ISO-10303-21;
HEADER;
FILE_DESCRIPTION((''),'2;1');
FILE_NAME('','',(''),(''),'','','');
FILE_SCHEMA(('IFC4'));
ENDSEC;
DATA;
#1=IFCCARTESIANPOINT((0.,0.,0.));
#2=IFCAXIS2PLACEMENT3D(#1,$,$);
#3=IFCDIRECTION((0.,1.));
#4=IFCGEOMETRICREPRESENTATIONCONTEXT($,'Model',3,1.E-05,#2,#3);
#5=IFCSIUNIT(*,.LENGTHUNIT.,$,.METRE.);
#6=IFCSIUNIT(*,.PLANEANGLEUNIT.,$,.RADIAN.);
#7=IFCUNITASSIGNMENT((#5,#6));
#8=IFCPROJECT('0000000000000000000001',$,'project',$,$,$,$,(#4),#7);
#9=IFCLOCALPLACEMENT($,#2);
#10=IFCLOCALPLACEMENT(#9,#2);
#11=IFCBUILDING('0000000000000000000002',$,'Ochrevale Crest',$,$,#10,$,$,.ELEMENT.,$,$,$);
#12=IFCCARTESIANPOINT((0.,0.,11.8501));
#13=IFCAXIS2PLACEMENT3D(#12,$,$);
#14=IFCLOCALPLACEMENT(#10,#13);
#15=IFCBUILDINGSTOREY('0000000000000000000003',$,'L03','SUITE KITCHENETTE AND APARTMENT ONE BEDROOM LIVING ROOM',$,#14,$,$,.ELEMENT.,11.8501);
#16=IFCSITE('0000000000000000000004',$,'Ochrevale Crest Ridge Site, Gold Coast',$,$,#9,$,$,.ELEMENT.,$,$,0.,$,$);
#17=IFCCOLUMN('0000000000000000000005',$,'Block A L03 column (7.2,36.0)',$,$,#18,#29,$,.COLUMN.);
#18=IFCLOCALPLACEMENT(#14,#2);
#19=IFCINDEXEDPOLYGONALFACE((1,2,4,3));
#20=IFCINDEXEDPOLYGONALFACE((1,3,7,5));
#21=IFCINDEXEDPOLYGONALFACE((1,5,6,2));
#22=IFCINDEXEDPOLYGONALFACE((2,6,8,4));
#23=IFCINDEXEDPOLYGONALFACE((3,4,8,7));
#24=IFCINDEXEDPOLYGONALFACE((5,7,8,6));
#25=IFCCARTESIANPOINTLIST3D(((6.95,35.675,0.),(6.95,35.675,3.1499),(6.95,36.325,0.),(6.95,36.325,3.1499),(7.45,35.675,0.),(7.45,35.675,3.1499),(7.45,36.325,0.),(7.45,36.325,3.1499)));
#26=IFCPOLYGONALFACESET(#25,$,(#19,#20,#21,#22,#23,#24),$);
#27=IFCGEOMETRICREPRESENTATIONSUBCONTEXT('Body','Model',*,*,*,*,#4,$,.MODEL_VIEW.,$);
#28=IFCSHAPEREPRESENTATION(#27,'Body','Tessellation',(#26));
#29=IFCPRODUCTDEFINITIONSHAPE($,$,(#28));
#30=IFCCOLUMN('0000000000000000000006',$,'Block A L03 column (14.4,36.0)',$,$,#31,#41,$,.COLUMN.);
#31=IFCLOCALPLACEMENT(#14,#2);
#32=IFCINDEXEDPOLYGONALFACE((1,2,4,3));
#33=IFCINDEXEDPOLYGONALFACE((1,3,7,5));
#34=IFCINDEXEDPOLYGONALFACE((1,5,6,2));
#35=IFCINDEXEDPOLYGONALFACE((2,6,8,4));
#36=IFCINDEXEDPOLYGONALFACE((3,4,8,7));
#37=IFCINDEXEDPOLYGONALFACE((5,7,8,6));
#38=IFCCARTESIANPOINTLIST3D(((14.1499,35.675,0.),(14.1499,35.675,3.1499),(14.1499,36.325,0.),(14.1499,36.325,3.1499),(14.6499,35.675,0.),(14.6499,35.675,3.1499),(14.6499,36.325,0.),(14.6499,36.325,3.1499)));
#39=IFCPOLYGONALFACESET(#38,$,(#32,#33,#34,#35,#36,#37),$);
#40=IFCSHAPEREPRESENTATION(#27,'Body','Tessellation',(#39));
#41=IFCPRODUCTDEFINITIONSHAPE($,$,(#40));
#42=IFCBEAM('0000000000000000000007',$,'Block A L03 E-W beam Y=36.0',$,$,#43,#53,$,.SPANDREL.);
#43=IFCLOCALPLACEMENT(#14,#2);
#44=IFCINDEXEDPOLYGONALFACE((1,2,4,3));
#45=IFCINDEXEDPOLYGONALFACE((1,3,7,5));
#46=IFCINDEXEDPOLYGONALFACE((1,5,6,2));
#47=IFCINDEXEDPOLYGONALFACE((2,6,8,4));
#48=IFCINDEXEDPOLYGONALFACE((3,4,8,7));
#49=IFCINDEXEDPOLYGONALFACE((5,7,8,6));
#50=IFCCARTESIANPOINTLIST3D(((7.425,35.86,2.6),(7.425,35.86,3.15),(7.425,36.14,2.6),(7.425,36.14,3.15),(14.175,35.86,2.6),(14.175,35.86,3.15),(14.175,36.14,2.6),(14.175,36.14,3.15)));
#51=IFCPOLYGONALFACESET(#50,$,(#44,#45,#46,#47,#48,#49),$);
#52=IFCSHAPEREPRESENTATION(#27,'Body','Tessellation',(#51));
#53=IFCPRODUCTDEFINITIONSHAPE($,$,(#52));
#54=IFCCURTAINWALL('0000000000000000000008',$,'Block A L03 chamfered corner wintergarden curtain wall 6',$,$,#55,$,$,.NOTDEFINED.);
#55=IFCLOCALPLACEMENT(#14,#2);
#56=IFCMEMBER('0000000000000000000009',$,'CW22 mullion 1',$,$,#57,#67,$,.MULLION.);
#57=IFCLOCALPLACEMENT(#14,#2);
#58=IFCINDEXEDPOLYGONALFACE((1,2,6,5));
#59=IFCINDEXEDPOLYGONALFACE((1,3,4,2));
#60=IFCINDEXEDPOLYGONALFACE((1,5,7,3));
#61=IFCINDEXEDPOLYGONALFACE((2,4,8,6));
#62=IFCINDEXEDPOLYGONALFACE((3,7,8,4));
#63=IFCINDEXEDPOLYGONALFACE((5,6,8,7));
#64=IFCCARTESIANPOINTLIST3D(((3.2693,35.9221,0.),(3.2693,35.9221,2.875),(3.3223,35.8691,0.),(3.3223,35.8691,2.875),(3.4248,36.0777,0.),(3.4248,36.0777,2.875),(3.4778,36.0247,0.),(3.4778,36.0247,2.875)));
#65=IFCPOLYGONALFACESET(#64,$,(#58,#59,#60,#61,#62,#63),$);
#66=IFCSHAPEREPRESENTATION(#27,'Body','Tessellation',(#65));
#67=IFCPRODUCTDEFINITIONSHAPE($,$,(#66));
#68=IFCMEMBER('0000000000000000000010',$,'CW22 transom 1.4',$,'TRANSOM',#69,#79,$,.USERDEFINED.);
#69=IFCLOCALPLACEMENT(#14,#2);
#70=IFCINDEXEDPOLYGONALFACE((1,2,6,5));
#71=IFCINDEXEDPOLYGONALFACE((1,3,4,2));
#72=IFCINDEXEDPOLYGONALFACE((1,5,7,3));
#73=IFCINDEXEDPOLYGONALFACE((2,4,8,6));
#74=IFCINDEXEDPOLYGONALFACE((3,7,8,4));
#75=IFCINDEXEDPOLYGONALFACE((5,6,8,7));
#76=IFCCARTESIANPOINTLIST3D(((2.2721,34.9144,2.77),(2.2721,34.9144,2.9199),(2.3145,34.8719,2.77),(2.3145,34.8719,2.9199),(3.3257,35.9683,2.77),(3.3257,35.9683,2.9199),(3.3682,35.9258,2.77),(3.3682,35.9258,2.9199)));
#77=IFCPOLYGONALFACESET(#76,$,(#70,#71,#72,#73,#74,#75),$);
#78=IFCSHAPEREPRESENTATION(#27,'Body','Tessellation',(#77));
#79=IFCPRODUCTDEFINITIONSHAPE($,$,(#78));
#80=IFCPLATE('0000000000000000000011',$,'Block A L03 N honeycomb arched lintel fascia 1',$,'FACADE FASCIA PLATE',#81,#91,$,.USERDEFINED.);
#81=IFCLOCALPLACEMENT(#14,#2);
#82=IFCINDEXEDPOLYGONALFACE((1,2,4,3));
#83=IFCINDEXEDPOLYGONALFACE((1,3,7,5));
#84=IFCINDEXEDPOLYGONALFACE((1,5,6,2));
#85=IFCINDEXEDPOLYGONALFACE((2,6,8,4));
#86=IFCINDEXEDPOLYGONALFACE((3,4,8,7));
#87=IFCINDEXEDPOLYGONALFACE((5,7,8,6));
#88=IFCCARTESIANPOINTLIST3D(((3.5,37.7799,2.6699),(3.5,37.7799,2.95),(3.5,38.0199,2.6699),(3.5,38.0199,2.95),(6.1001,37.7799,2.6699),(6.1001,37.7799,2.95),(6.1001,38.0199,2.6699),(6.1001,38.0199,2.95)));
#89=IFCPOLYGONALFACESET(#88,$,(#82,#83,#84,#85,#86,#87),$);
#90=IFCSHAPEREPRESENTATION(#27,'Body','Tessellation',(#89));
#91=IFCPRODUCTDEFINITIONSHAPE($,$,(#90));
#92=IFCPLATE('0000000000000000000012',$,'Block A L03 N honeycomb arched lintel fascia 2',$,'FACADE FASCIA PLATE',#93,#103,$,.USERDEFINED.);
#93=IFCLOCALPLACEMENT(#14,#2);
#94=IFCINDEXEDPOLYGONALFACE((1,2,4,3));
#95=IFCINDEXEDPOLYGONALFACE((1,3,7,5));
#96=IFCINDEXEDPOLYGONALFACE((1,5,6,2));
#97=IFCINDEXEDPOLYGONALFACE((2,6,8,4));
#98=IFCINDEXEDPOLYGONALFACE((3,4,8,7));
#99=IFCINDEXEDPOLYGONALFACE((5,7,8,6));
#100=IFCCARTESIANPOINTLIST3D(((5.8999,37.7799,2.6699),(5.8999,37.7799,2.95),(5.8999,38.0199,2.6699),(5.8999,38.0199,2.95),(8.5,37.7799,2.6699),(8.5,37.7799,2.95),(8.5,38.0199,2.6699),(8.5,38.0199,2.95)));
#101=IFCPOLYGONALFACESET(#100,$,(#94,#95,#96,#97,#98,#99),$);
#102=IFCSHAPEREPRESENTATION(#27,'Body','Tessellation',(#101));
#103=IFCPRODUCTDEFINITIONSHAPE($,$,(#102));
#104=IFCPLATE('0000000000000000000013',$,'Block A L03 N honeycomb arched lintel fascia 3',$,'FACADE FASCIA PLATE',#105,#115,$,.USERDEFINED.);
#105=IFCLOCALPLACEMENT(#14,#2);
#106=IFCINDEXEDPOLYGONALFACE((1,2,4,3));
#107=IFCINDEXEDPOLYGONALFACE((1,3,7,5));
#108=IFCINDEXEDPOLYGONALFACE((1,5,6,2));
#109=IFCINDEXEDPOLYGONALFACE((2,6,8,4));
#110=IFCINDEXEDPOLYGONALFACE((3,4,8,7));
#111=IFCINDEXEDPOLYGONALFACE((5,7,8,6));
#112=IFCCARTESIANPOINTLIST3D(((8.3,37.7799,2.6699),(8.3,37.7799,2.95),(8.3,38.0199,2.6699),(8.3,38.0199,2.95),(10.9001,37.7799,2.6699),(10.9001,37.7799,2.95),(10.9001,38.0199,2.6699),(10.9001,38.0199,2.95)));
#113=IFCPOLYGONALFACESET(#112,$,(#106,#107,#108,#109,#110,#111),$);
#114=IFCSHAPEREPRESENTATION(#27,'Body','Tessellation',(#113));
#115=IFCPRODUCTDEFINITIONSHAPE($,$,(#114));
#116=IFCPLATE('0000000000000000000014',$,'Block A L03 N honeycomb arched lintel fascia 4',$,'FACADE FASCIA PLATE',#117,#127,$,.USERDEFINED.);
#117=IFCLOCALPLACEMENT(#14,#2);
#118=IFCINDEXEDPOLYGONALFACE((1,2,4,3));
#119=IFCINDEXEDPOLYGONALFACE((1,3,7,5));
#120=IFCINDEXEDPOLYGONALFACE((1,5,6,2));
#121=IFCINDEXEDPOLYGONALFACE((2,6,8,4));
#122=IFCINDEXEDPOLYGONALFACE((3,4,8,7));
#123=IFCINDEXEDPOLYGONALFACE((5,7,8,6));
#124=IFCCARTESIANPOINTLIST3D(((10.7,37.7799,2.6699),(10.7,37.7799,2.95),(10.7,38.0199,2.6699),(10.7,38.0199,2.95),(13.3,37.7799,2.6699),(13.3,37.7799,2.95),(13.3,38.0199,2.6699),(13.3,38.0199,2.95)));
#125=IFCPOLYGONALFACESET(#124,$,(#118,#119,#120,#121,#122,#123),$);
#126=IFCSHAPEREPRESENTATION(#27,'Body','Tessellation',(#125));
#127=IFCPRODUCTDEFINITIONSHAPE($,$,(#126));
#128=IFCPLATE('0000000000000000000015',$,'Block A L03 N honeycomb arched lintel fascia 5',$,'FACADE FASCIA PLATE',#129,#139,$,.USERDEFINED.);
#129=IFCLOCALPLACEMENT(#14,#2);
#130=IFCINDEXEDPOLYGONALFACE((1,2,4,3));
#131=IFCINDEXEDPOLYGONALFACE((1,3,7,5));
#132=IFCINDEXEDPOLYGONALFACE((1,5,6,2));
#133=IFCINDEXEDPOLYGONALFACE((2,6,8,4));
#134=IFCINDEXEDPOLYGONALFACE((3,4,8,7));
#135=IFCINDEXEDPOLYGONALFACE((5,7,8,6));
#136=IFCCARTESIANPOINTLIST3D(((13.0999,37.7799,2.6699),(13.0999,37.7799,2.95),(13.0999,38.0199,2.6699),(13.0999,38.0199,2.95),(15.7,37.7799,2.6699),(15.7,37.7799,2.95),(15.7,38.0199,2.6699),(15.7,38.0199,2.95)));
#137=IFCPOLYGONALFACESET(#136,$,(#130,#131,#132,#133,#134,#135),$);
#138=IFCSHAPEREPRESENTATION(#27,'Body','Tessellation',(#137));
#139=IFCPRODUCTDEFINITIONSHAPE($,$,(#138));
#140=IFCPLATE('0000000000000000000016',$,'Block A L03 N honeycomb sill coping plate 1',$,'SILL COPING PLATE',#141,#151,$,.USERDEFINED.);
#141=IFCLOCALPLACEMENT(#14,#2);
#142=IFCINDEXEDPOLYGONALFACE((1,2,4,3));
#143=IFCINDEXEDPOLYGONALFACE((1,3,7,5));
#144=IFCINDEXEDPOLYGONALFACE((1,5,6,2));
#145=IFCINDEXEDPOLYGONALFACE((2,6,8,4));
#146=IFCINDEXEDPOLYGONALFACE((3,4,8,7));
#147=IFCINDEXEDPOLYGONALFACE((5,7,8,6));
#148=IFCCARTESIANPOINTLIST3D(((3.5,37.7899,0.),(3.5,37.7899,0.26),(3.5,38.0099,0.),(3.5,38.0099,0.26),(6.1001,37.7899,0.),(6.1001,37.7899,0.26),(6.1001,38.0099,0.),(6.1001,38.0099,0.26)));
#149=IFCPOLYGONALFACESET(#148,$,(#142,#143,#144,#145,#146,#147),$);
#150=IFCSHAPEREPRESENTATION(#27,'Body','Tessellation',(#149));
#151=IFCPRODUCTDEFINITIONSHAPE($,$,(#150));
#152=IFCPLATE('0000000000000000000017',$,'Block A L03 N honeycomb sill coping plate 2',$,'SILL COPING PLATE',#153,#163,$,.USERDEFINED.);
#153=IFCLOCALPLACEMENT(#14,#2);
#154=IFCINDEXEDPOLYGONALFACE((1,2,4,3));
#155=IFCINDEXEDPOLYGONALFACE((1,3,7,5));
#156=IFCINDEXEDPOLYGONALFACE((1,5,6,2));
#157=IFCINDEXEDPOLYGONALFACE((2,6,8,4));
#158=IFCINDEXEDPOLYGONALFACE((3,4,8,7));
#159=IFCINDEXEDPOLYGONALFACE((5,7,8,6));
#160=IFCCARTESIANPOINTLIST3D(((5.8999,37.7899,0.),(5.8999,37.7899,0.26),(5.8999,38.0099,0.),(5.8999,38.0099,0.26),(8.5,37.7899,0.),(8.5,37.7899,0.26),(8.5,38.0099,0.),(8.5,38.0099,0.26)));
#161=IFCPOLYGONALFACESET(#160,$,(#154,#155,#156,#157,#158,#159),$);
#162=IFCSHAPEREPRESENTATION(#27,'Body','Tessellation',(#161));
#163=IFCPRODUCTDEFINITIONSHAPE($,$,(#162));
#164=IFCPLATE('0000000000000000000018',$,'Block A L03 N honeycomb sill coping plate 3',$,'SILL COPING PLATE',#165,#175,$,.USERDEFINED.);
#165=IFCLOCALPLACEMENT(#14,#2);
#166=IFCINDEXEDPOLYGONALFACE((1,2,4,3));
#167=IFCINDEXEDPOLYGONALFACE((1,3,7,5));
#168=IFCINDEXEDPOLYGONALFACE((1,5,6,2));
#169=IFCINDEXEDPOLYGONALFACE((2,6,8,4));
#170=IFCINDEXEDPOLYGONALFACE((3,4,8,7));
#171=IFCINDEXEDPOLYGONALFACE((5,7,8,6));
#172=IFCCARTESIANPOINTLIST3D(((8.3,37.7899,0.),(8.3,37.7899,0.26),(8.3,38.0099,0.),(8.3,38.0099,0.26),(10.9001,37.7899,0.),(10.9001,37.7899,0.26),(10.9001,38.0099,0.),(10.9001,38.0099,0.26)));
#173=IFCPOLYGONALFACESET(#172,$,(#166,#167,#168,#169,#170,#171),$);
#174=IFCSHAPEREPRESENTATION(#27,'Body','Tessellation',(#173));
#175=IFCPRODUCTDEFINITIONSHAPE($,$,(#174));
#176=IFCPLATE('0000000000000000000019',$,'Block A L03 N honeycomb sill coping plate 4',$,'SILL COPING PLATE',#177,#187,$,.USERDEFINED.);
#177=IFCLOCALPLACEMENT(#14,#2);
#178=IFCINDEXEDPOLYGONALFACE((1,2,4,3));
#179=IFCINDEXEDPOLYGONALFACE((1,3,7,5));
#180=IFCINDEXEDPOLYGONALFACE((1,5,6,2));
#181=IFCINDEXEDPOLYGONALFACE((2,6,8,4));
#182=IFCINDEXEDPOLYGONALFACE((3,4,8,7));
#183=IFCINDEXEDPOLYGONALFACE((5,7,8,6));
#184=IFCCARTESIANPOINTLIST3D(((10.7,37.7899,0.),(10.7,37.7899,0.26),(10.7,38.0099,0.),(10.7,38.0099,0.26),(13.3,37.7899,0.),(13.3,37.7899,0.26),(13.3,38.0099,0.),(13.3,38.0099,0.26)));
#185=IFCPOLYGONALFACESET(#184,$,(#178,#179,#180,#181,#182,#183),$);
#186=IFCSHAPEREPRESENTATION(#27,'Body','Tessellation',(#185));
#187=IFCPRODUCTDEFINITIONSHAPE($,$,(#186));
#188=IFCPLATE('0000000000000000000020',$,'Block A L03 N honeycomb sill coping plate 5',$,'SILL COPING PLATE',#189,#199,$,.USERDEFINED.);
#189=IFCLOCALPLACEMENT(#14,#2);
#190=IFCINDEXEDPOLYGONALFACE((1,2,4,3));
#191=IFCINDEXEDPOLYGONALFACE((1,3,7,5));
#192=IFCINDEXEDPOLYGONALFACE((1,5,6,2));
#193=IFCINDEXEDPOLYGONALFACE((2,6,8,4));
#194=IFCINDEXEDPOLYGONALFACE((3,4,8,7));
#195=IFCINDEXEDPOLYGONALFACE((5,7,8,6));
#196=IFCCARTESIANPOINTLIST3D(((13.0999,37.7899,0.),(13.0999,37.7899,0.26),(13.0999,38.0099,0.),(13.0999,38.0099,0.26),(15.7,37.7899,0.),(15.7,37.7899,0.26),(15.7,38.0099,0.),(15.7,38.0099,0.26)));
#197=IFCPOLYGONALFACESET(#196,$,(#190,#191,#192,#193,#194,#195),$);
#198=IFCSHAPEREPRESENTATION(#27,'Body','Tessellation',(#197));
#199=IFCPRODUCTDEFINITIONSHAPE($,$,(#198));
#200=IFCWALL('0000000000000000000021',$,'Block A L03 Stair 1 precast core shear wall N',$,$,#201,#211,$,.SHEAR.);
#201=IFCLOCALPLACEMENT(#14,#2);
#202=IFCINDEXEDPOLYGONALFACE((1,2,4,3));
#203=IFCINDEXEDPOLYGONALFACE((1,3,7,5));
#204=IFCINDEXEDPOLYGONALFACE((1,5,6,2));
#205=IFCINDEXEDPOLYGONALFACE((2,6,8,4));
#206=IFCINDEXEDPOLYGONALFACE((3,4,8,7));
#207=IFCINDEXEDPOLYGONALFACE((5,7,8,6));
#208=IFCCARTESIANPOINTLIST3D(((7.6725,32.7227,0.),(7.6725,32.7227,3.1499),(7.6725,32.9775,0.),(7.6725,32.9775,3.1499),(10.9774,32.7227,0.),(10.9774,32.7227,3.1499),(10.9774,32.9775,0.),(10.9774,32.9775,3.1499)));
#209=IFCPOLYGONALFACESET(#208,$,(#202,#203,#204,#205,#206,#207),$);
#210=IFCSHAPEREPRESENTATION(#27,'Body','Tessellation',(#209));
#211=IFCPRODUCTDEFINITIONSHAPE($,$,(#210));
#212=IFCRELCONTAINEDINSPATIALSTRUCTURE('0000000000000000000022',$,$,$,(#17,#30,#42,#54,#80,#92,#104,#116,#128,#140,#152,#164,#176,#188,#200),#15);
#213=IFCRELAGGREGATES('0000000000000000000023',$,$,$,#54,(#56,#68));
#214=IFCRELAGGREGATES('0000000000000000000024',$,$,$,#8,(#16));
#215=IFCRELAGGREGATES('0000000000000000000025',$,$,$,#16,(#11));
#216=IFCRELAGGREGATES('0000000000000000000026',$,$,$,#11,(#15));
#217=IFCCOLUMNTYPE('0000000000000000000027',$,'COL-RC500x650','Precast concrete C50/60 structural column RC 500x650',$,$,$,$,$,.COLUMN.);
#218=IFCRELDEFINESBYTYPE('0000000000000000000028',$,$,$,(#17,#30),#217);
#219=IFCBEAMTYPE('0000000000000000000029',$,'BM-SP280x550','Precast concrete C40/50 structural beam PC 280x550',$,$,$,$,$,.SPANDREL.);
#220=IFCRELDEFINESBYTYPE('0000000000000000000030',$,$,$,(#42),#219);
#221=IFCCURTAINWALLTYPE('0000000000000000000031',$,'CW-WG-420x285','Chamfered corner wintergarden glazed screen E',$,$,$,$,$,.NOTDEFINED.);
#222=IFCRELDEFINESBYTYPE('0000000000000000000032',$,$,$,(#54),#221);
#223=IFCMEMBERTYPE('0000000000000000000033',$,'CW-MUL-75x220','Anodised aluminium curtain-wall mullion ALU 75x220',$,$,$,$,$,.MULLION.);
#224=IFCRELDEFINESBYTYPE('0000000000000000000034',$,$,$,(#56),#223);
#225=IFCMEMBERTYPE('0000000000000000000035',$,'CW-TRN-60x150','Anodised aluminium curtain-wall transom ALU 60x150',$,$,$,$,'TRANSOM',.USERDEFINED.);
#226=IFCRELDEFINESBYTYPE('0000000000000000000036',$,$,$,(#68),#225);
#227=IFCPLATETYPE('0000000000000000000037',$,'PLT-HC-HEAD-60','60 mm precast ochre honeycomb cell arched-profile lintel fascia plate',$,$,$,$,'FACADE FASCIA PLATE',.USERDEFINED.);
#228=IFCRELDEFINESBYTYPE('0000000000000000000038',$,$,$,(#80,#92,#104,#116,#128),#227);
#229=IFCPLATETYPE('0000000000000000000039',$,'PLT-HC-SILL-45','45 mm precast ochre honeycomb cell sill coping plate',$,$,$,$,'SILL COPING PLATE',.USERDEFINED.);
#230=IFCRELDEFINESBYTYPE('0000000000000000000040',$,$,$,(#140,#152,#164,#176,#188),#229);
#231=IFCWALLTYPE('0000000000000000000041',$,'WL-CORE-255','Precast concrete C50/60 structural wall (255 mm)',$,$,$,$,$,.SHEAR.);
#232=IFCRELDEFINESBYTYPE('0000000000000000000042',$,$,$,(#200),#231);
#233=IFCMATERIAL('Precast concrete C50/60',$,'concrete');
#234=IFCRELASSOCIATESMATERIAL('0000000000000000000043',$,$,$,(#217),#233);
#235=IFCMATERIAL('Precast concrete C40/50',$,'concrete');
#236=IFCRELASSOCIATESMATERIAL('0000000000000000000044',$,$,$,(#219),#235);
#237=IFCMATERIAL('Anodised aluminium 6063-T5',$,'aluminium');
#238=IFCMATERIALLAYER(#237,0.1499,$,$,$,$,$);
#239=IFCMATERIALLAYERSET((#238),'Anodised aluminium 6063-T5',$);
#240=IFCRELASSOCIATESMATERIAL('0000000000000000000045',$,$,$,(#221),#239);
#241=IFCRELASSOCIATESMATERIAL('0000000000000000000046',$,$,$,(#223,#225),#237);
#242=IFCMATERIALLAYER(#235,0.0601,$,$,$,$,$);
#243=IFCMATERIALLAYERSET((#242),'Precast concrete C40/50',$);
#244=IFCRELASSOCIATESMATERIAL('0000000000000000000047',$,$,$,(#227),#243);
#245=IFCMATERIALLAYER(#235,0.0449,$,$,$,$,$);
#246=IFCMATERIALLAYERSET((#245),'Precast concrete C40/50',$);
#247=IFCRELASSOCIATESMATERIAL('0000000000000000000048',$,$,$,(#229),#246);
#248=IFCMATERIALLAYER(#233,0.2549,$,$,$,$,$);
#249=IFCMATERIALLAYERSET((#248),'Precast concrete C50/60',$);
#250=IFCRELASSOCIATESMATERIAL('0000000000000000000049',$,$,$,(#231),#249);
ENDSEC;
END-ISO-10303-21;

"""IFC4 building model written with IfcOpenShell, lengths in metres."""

from ifc_helpers import new_model, si_unit, direction, frame, frame_2d, origin, origin_2d, place, context, subcontext, project, spatial, rectangle, extrude, material, layer, layer_set, material_profile, profile_set, type_object, element, aggregate, save


model = new_model("IFC4")

# Units and contexts
model_context = context("Model", 3, precision=1e-05, world=origin(), true_north=direction((0.0, 1.0)))
body_context = subcontext(model_context, "Body", "Model", "MODEL_VIEW")
ifc_project = project(units=[si_unit("LENGTHUNIT", "METRE"), si_unit("PLANEANGLEUNIT", "RADIAN")], contexts=[model_context])

# Site, building, storey
site_placement = place(None, origin())
site = spatial("IfcSite", under=ifc_project, at=site_placement, Name="Ochrevale Crest Ridge Site, Gold Coast", CompositionType="ELEMENT", RefElevation=0.0)
building_placement = place(site_placement, origin())
building = spatial("IfcBuilding", under=site, at=building_placement, Name="Ochrevale Crest", CompositionType="ELEMENT")
storey_placement = place(building_placement, frame((0.0, 0.0, 11.8501)))
storey = spatial("IfcBuildingStorey", under=building, at=storey_placement, Name="L03", Description="SUITE KITCHENETTE AND APARTMENT ONE BEDROOM LIVING ROOM", CompositionType="ELEMENT", Elevation=11.8501)

# Columns
ifc_material_1 = material(Name="Precast concrete C50/60", Category="concrete")
ifc_material_profile_1 = material_profile(ifc_material_1, rectangle(XDim=0.5, YDim=0.6499, at=origin_2d()), Name="RC 500x650")
ifc_profile_set_1 = profile_set([ifc_material_profile_1], Name="Precast concrete C50/60")
column_type = type_object("IfcColumnType", Name="COL-RC500x650", Description="Precast concrete C50/60 structural column RC 500x650", PredefinedType="COLUMN", material=ifc_profile_set_1)
for number, where, z_axis, x_axis, name in (
    (1, (7.2, 36.0, 0.0), (0.0, 0.0, 1.0), (1.0, 0.0, 0.0), "Block A L03 column (7.2,36.0)"),
    (2, (14.3999, 36.0, 0.0), (0.0, 0.0, 1.0), (1.0, 0.0, 0.0), "Block A L03 column (14.4,36.0)"),
):
    element("IfcColumn", number, at=place(storey_placement, frame(where, z_axis=z_axis, x_axis=x_axis)), inside=storey, type_object=column_type, Name=name, PredefinedType="COLUMN", context=body_context, shape_type="SweptSolid", body=[
        extrude(rectangle(XDim=0.5, YDim=0.6499, at=origin_2d()), origin(), (0.0, 0.0, 1.0), 3.1499),
    ])

# Beam
ifc_material_2 = material(Name="Precast concrete C40/50", Category="concrete")
ifc_material_profile_2 = material_profile(ifc_material_2, rectangle(XDim=0.28, YDim=0.55, at=origin_2d()), Name="PC 280x550")
ifc_profile_set_2 = profile_set([ifc_material_profile_2], Name="Precast concrete C40/50")
beam_type = type_object("IfcBeamType", Name="BM-SP280x550", Description="Precast concrete C40/50 structural beam PC 280x550", PredefinedType="SPANDREL", material=ifc_profile_set_2)
beam_placement = place(storey_placement, frame((7.425, 36.0, 2.875), z_axis=(1.0, 0.0, 0.0), x_axis=(0.0, 1.0, 0.0)))
element("IfcBeam", 3, at=beam_placement, inside=storey, type_object=beam_type, Name="Block A L03 E-W beam Y=36.0", PredefinedType="SPANDREL", context=body_context, shape_type="SweptSolid", body=[
    extrude(rectangle(XDim=0.28, YDim=0.55, at=origin_2d()), origin(), (0.0, 0.0, 1.0), 6.75),
])

# Curtain wall, members
ifc_material_3 = material(Name="Anodised aluminium 6063-T5", Category="aluminium")
ifc_layer_1 = layer(ifc_material_3, 0.1499)
ifc_layer_set_1 = layer_set([ifc_layer_1], Name="Anodised aluminium 6063-T5")
curtain_wall_type = type_object("IfcCurtainWallType", Name="CW-WG-420x285", Description="Chamfered corner wintergarden glazed screen E", PredefinedType="NOTDEFINED", material=ifc_layer_set_1)
curtain_wall_placement = place(storey_placement, origin())
curtain_wall = element("IfcCurtainWall", 4, at=curtain_wall_placement, inside=storey, type_object=curtain_wall_type, Name="Block A L03 chamfered corner wintergarden curtain wall 6", PredefinedType="NOTDEFINED")
ifc_material_profile_3 = material_profile(ifc_material_3, rectangle(XDim=0.075, YDim=0.22, at=origin_2d()), Name="ALU 75x220")
ifc_profile_set_3 = profile_set([ifc_material_profile_3], Name="Anodised aluminium 6063-T5")
member_type_1 = type_object("IfcMemberType", Name="CW-MUL-75x220", Description="Anodised aluminium curtain-wall mullion ALU 75x220", PredefinedType="MULLION", material=ifc_profile_set_3)
member_1_placement = place(storey_placement, frame((3.3735, 35.9734, 0.0), z_axis=(0.0, 0.0, 1.0), x_axis=(0.707107, -0.707107, 0.0)))
member_1 = element("IfcMember", 5, at=member_1_placement, type_object=member_type_1, Name="CW22 mullion 1", PredefinedType="MULLION", context=body_context, shape_type="SweptSolid", body=[
    extrude(rectangle(XDim=0.075, YDim=0.22, at=origin_2d()), origin(), (0.0, 0.0, 1.0), 2.875),
])
ifc_material_profile_4 = material_profile(ifc_material_3, rectangle(XDim=0.0601, YDim=0.1499, at=origin_2d()), Name="ALU 60x150")
ifc_profile_set_4 = profile_set([ifc_material_profile_4], Name="Anodised aluminium 6063-T5")
member_type_2 = type_object("IfcMemberType", Name="CW-TRN-60x150", Description="Anodised aluminium curtain-wall transom ALU 60x150", ElementType="TRANSOM", PredefinedType="USERDEFINED", material=ifc_profile_set_4)
member_2_placement = place(storey_placement, frame((3.3469, 35.947, 2.845), z_axis=(-0.707025, -0.707189, 0.0), x_axis=(0.707189, -0.707025, 0.0)))
member_2 = element("IfcMember", 6, at=member_2_placement, type_object=member_type_2, Name="CW22 transom 1.4", ObjectType="TRANSOM", PredefinedType="USERDEFINED", context=body_context, shape_type="SweptSolid", body=[
    extrude(rectangle(XDim=0.0601, YDim=0.1499, at=origin_2d()), origin(), (0.0, 0.0, 1.0), 1.4902),
])
aggregate(curtain_wall, [member_1, member_2])

# Plates
ifc_layer_2 = layer(ifc_material_2, 0.0601)
ifc_layer_set_2 = layer_set([ifc_layer_2], Name="Precast concrete C40/50")
plate_type_1 = type_object("IfcPlateType", Name="PLT-HC-HEAD-60", Description="60 mm precast ochre honeycomb cell arched-profile lintel fascia plate", ElementType="FACADE FASCIA PLATE", PredefinedType="USERDEFINED", material=ifc_layer_set_2)
for number, where, z_axis, x_axis, name in (
    (7, (4.8, 37.8999, 2.6699), (0.0, 0.0, 1.0), (1.0, 0.0, 0.0), "Block A L03 N honeycomb arched lintel fascia 1"),
    (8, (7.2, 37.8999, 2.6699), (0.0, 0.0, 1.0), (1.0, 0.0, 0.0), "Block A L03 N honeycomb arched lintel fascia 2"),
    (9, (9.6001, 37.8999, 2.6699), (0.0, 0.0, 1.0), (1.0, 0.0, 0.0), "Block A L03 N honeycomb arched lintel fascia 3"),
    (10, (12.0, 37.8999, 2.6699), (0.0, 0.0, 1.0), (1.0, 0.0, 0.0), "Block A L03 N honeycomb arched lintel fascia 4"),
    (11, (14.3999, 37.8999, 2.6699), (0.0, 0.0, 1.0), (1.0, 0.0, 0.0), "Block A L03 N honeycomb arched lintel fascia 5"),
):
    element("IfcPlate", number, at=place(storey_placement, frame(where, z_axis=z_axis, x_axis=x_axis)), inside=storey, type_object=plate_type_1, Name=name, ObjectType="FACADE FASCIA PLATE", PredefinedType="USERDEFINED", context=body_context, shape_type="SweptSolid", body=[
        extrude(rectangle(XDim=2.6001, YDim=0.24, at=origin_2d()), origin(), (0.0, 0.0, 1.0), 0.28),
    ])
ifc_layer_3 = layer(ifc_material_2, 0.0449)
ifc_layer_set_3 = layer_set([ifc_layer_3], Name="Precast concrete C40/50")
plate_type_2 = type_object("IfcPlateType", Name="PLT-HC-SILL-45", Description="45 mm precast ochre honeycomb cell sill coping plate", ElementType="SILL COPING PLATE", PredefinedType="USERDEFINED", material=ifc_layer_set_3)
for number, where, z_axis, x_axis, name in (
    (12, (4.8, 37.8999, 0.0), (0.0, 0.0, 1.0), (1.0, 0.0, 0.0), "Block A L03 N honeycomb sill coping plate 1"),
    (13, (7.2, 37.8999, 0.0), (0.0, 0.0, 1.0), (1.0, 0.0, 0.0), "Block A L03 N honeycomb sill coping plate 2"),
    (14, (9.6001, 37.8999, 0.0), (0.0, 0.0, 1.0), (1.0, 0.0, 0.0), "Block A L03 N honeycomb sill coping plate 3"),
    (15, (12.0, 37.8999, 0.0), (0.0, 0.0, 1.0), (1.0, 0.0, 0.0), "Block A L03 N honeycomb sill coping plate 4"),
    (16, (14.3999, 37.8999, 0.0), (0.0, 0.0, 1.0), (1.0, 0.0, 0.0), "Block A L03 N honeycomb sill coping plate 5"),
):
    element("IfcPlate", number, at=place(storey_placement, frame(where, z_axis=z_axis, x_axis=x_axis)), inside=storey, type_object=plate_type_2, Name=name, ObjectType="SILL COPING PLATE", PredefinedType="USERDEFINED", context=body_context, shape_type="SweptSolid", body=[
        extrude(rectangle(XDim=2.6001, YDim=0.22, at=origin_2d()), origin(), (0.0, 0.0, 1.0), 0.26),
    ])

# Wall
ifc_layer_4 = layer(ifc_material_1, 0.2549)
ifc_layer_set_4 = layer_set([ifc_layer_4], Name="Precast concrete C50/60")
wall_type_1 = type_object("IfcWallType", Name="WL-CORE-255", Description="Precast concrete C50/60 structural wall (255 mm)", PredefinedType="SHEAR", material=ifc_layer_set_4)
wall_1_placement = place(storey_placement, frame((7.6726, 32.8501, 0.0), z_axis=(0.0, 0.0, 1.0), x_axis=(1.0, 0.0, 0.0)))
element("IfcWall", 17, at=wall_1_placement, inside=storey, type_object=wall_type_1, Name="Block A L03 Stair 1 precast core shear wall N", PredefinedType="SHEAR", context=body_context, shape_type="SweptSolid", body=[
    extrude(rectangle(XDim=3.3049, YDim=0.2549, at=frame_2d((1.6523, 0.0))), origin(), (0.0, 0.0, 1.0), 3.1499),
])

save(model, "model.ifc")
